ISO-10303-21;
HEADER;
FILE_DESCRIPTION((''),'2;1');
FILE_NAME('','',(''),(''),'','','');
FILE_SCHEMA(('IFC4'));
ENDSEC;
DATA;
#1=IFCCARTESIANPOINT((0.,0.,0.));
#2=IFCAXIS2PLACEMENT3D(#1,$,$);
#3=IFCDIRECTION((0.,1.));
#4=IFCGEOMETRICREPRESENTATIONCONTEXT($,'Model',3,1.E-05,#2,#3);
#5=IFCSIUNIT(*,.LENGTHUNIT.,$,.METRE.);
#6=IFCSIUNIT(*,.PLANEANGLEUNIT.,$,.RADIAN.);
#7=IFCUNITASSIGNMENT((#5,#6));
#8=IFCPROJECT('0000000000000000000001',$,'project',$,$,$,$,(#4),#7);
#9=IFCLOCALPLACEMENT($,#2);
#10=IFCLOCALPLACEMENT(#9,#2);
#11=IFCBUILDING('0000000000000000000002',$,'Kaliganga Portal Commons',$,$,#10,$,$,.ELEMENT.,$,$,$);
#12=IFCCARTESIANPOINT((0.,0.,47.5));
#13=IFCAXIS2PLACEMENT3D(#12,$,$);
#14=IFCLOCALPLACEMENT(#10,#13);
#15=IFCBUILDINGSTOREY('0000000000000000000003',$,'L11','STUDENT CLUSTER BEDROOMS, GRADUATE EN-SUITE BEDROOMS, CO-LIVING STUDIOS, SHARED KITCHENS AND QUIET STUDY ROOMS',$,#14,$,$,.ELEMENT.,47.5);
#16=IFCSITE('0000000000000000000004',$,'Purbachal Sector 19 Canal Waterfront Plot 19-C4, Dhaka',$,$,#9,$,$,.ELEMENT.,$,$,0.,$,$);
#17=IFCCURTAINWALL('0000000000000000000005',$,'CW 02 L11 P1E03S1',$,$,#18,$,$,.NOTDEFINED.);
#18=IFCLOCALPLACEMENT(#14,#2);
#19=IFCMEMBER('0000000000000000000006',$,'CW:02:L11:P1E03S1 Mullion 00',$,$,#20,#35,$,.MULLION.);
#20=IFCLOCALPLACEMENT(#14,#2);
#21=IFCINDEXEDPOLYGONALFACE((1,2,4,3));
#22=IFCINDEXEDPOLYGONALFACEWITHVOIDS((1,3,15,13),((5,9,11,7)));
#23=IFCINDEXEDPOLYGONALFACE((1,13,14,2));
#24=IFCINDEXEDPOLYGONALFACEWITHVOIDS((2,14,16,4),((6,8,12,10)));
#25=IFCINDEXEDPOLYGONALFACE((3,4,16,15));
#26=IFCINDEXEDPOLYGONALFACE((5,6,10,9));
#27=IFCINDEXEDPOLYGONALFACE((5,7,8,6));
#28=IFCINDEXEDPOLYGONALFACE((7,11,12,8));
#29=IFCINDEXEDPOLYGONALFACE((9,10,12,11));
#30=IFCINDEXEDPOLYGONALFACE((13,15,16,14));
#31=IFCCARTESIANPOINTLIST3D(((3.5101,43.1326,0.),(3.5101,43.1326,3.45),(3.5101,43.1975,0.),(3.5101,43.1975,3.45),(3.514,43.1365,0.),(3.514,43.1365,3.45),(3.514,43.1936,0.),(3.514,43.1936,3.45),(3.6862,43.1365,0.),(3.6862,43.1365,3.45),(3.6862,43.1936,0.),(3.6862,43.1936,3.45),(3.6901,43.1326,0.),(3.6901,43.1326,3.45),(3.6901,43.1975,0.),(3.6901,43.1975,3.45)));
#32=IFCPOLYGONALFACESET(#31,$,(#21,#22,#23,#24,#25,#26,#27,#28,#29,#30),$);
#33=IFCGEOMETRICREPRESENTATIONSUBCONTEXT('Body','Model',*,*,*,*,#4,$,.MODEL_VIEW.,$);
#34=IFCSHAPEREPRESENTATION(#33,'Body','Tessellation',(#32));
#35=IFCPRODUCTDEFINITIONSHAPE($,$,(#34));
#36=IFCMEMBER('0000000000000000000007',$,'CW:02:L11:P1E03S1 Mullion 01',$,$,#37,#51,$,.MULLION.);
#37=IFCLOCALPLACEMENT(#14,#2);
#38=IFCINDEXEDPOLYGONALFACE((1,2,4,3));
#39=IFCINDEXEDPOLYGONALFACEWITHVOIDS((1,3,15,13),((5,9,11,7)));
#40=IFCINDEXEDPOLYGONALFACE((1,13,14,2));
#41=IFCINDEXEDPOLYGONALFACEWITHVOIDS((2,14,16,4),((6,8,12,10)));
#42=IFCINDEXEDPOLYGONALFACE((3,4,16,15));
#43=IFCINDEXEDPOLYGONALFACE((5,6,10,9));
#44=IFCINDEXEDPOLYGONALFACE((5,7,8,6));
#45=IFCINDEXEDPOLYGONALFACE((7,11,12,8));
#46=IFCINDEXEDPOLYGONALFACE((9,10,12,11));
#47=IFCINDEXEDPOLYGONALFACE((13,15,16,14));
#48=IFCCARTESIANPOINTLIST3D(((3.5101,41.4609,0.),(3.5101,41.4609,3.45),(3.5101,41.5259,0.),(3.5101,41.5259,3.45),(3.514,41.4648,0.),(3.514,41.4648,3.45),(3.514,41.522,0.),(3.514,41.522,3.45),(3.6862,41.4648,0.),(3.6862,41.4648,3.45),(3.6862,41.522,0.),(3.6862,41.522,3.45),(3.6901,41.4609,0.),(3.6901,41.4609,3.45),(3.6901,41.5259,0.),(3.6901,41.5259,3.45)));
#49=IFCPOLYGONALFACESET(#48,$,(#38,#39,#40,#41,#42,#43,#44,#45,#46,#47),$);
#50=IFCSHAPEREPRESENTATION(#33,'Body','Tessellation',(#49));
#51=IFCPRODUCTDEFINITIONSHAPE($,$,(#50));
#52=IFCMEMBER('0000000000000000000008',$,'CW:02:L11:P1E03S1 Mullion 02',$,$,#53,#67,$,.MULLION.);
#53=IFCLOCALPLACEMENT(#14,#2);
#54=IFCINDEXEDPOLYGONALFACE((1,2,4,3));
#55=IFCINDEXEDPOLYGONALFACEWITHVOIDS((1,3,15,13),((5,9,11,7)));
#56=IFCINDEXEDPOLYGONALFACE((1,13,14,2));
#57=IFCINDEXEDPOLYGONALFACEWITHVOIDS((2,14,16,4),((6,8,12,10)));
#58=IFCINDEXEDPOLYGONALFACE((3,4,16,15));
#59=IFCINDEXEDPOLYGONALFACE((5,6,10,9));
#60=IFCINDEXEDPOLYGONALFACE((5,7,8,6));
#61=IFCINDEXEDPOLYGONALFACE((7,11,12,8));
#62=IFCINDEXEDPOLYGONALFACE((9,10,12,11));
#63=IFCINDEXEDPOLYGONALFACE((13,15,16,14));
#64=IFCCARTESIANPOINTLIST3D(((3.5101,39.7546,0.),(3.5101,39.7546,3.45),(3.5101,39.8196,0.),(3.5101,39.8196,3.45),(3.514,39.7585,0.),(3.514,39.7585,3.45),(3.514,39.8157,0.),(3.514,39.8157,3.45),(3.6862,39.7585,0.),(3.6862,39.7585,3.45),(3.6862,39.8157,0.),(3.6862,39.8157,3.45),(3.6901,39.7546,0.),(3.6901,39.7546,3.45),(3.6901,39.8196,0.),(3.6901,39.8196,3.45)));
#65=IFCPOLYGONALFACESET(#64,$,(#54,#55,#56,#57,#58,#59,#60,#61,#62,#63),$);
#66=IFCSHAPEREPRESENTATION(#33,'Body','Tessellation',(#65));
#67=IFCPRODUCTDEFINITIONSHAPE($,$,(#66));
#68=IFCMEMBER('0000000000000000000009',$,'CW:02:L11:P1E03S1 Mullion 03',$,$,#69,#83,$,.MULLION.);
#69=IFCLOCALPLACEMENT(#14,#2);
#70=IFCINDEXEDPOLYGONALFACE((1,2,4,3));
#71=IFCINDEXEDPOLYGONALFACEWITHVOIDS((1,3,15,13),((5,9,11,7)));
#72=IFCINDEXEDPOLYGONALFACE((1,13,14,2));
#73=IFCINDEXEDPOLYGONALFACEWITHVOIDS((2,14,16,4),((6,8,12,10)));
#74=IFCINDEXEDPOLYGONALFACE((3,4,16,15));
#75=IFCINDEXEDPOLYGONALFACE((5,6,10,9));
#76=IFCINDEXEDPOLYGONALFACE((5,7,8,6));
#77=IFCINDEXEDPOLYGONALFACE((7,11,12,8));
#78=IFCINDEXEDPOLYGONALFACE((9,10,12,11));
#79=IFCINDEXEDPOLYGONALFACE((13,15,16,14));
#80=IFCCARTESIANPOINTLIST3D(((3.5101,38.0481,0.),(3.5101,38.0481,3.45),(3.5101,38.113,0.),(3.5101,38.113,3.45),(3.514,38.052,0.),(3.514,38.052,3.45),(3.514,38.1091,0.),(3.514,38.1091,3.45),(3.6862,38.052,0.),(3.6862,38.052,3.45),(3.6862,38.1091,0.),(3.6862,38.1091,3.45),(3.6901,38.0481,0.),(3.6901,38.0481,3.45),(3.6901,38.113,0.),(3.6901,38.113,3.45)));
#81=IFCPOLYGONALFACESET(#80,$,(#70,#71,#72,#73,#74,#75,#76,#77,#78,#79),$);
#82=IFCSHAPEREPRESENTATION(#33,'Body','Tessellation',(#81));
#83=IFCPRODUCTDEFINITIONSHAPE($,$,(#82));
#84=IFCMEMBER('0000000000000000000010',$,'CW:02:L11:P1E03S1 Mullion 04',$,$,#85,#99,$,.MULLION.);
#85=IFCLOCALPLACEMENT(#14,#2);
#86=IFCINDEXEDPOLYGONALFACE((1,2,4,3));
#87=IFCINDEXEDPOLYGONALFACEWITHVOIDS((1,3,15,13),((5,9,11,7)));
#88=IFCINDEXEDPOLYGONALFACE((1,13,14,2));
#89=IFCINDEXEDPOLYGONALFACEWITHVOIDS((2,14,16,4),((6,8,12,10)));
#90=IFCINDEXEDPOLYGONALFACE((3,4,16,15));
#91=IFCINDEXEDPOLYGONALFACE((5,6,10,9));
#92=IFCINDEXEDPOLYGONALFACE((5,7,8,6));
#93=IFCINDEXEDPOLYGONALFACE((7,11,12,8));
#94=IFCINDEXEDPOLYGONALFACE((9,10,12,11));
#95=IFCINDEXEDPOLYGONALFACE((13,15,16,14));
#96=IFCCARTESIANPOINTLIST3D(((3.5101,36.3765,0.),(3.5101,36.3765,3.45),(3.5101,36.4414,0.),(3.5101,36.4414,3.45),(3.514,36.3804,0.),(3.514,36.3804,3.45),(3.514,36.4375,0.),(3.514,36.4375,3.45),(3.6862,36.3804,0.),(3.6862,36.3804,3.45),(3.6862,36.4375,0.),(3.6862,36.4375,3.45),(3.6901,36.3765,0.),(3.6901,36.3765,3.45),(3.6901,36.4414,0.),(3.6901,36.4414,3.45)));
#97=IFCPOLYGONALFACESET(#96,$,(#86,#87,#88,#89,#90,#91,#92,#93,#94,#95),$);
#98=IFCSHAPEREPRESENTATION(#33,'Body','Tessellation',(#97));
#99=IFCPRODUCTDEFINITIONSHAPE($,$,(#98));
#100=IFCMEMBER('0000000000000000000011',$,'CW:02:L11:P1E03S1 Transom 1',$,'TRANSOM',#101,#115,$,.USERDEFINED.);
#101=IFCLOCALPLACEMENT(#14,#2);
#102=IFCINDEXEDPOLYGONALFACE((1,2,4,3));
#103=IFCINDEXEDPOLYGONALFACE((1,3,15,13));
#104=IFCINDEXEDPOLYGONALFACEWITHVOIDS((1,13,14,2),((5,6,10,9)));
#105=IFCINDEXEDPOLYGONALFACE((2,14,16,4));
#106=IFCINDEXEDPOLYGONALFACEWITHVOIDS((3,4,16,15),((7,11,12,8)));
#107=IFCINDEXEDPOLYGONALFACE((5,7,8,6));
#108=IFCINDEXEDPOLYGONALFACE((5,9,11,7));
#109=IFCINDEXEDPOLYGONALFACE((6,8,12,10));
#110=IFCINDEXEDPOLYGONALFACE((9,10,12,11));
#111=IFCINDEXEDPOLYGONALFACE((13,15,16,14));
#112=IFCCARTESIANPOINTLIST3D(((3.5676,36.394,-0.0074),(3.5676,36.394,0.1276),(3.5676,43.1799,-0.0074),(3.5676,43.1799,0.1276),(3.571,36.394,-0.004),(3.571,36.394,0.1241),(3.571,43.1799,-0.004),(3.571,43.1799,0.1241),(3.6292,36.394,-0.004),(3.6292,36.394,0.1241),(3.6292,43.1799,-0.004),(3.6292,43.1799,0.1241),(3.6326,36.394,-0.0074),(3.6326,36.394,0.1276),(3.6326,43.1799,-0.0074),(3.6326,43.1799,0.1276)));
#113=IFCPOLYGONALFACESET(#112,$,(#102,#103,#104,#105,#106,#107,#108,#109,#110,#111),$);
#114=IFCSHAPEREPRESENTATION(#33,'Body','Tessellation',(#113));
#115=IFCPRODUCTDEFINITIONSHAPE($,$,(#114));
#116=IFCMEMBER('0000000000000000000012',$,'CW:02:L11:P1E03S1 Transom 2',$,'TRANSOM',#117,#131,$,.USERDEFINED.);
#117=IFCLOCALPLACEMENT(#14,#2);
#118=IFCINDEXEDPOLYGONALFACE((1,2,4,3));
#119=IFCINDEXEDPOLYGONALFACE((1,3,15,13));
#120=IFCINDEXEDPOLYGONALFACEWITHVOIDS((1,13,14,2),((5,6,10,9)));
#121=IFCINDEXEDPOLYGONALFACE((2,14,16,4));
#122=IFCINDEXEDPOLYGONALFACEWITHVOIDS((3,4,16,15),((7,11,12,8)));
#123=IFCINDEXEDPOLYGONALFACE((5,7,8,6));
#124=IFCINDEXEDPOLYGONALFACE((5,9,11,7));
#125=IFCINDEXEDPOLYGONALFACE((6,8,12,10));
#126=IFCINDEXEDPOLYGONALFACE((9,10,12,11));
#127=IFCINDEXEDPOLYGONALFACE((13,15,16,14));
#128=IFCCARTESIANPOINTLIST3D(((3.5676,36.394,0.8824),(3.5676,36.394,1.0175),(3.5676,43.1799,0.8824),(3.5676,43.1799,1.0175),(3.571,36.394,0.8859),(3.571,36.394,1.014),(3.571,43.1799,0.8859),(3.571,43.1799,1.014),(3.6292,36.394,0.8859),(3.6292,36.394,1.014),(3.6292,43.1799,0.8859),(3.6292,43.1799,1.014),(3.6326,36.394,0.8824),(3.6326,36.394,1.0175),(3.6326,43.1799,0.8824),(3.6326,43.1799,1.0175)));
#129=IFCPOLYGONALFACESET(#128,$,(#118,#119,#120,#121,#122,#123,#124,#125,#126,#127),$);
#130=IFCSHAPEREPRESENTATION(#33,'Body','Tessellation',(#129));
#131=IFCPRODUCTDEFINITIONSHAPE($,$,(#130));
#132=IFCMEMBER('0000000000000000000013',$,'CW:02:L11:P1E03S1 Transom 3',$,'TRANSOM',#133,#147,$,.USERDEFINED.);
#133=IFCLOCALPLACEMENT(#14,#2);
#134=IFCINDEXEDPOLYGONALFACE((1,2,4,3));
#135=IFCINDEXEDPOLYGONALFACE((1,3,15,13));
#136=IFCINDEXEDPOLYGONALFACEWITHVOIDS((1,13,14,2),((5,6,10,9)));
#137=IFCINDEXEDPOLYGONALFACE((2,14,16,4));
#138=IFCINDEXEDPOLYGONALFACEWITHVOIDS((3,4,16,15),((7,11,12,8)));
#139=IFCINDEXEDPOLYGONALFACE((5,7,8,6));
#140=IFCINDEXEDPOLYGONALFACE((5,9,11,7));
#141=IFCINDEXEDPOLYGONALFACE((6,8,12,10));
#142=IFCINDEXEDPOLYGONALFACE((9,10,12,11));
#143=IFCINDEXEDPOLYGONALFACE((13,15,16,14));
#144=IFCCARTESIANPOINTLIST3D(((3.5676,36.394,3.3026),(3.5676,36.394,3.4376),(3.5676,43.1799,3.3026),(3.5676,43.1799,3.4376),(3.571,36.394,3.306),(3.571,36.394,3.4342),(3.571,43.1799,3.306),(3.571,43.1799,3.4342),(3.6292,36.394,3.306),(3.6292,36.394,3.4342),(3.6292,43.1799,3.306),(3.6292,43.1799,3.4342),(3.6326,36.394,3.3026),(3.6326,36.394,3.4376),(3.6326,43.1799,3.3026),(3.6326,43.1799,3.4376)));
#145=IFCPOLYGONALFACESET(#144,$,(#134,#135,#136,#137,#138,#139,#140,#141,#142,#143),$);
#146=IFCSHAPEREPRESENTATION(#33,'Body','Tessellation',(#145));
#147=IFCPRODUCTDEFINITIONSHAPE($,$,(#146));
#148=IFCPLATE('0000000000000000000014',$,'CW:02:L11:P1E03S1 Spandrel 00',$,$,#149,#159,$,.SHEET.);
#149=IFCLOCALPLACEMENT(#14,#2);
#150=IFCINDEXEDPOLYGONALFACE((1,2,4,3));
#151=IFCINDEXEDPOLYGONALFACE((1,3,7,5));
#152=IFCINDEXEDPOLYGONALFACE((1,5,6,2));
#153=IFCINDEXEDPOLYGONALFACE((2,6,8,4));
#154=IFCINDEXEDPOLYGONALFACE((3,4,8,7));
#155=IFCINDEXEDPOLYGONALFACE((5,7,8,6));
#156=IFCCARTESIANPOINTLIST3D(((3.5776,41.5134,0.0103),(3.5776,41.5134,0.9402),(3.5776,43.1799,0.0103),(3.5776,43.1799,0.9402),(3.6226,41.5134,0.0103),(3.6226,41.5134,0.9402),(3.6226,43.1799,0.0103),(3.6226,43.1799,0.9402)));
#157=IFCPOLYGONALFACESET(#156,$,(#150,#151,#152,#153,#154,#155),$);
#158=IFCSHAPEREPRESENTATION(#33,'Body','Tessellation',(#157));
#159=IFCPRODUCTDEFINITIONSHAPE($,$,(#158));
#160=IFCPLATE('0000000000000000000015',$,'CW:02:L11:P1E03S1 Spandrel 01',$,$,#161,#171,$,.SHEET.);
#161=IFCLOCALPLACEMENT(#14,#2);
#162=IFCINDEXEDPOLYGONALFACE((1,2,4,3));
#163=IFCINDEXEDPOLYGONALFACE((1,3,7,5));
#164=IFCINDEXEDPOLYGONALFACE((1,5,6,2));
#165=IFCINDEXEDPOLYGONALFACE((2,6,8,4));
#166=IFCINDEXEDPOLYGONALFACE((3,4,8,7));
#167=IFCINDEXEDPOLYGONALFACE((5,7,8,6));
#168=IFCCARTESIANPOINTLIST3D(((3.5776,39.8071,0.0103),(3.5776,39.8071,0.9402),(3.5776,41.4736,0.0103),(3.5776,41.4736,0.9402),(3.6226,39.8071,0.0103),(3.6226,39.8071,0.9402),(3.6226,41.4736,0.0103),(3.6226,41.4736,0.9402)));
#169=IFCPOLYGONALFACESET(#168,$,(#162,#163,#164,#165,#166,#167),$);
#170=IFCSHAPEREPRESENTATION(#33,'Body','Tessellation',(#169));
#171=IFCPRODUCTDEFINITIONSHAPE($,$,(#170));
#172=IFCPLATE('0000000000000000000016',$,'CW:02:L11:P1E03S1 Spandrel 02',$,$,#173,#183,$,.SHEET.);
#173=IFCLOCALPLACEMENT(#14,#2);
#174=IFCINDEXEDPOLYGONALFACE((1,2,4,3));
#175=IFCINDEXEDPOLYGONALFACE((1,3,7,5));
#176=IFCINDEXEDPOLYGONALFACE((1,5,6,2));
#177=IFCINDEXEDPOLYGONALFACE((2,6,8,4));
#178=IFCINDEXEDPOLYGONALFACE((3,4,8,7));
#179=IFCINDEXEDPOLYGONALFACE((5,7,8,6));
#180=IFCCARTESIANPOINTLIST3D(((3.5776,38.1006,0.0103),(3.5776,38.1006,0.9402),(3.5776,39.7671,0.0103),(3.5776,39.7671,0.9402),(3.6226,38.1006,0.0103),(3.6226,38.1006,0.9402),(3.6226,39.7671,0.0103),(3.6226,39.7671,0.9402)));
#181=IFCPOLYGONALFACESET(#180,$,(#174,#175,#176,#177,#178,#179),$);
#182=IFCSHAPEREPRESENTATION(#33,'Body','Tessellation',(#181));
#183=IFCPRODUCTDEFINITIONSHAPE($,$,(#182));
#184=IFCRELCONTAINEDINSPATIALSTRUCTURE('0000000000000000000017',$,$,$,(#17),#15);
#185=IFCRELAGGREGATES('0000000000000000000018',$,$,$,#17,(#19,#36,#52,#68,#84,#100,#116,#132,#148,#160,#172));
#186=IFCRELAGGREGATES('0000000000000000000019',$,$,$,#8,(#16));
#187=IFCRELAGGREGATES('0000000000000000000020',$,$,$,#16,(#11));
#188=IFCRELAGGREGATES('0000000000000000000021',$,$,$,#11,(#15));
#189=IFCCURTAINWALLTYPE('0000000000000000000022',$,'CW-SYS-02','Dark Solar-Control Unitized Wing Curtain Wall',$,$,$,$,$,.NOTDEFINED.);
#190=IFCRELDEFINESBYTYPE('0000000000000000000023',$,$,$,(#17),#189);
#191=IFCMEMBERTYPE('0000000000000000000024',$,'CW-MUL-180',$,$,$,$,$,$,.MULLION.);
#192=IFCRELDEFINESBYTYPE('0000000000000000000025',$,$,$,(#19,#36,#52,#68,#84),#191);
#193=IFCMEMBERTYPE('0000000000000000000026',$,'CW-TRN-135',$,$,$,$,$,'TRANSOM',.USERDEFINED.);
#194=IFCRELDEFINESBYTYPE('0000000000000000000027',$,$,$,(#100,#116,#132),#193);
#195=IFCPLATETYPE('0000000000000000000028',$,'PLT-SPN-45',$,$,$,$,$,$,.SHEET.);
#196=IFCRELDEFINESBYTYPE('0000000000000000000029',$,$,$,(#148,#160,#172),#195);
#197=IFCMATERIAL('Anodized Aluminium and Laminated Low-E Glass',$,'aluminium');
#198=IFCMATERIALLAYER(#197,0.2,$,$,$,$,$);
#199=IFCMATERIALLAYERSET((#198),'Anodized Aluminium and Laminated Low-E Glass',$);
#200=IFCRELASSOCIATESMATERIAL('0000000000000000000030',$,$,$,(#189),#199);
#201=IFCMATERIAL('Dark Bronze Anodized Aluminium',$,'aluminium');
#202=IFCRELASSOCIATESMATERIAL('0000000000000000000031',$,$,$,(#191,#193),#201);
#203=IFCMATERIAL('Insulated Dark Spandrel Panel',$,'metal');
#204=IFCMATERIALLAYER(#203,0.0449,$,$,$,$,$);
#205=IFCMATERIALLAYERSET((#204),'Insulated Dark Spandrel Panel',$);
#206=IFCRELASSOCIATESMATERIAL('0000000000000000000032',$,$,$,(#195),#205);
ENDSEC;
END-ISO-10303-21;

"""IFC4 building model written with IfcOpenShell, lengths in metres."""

from ifc_helpers import new_model, si_unit, direction, frame, origin, origin_2d, place, context, subcontext, project, spatial, rectangle, hollow_rectangle, extrude, source, transform, mapped, material, layer, layer_set, material_profile, profile_set, type_object, element, aggregate, save


model = new_model("IFC4")

# Units and contexts
model_context = context("Model", 3, precision=1e-05, world=origin(), true_north=direction((0.0, 1.0)))
body_context = subcontext(model_context, "Body", "Model", "MODEL_VIEW")
ifc_project = project(units=[si_unit("LENGTHUNIT", "METRE"), si_unit("PLANEANGLEUNIT", "RADIAN")], contexts=[model_context])

# Site, building, storey
site_placement = place(None, origin())
site = spatial("IfcSite", under=ifc_project, at=site_placement, Name="Purbachal Sector 19 Canal Waterfront Plot 19-C4, Dhaka", CompositionType="ELEMENT", RefElevation=0.0)
building_placement = place(site_placement, origin())
building = spatial("IfcBuilding", under=site, at=building_placement, Name="Kaliganga Portal Commons", CompositionType="ELEMENT")
storey_placement = place(building_placement, frame((0.0, 0.0, 47.5)))
storey = spatial("IfcBuildingStorey", under=building, at=storey_placement, Name="L11", Description="STUDENT CLUSTER BEDROOMS, GRADUATE EN-SUITE BEDROOMS, CO-LIVING STUDIOS, SHARED KITCHENS AND QUIET STUDY ROOMS", CompositionType="ELEMENT", Elevation=47.5)

# Curtain wall, members, plates
ifc_material_1 = material(Name="Anodized Aluminium and Laminated Low-E Glass", Category="aluminium")
ifc_layer_1 = layer(ifc_material_1, 0.2)
ifc_layer_set_1 = layer_set([ifc_layer_1], Name="Anodized Aluminium and Laminated Low-E Glass")
curtain_wall_type = type_object("IfcCurtainWallType", Name="CW-SYS-02", Description="Dark Solar-Control Unitized Wing Curtain Wall", PredefinedType="NOTDEFINED", material=ifc_layer_set_1)
curtain_wall_placement = place(storey_placement, origin())
curtain_wall = element("IfcCurtainWall", 1, at=curtain_wall_placement, inside=storey, type_object=curtain_wall_type, Name="CW 02 L11 P1E03S1", PredefinedType="NOTDEFINED")
ifc_material_2 = material(Name="Dark Bronze Anodized Aluminium", Category="aluminium")
ifc_material_profile_1 = material_profile(ifc_material_2, hollow_rectangle(XDim=0.0649, YDim=0.1799, WallThickness=0.0039, at=origin_2d()), Name="ALU MULL 65x180x4")
ifc_profile_set_1 = profile_set([ifc_material_profile_1], Name="Dark Bronze Anodized Aluminium")
member_type_1 = type_object("IfcMemberType", Name="CW-MUL-180", PredefinedType="MULLION", material=ifc_profile_set_1)
shared_shape_1 = source(origin(), body_context, "Body", "SweptSolid", [
    extrude(hollow_rectangle(XDim=0.0649, YDim=0.1799, WallThickness=0.0039, at=origin_2d()), origin(), (0.0, 0.0, 1.0), 3.45),
])
member_1_placement = place(storey_placement, frame((3.6001, 43.165, 0.0), z_axis=(0.0, 0.0, 1.0), x_axis=(0.0, -1.0, 0.0)))
member_1 = element("IfcMember", 2, at=member_1_placement, type_object=member_type_1, Name="CW:02:L11:P1E03S1 Mullion 00", PredefinedType="MULLION", context=body_context, shape_type="MappedRepresentation", body=[
    mapped(shared_shape_1, transform((0.0, 0.0, 0.0), x_axis=(1.0, 0.0, 0.0), y_axis=(0.0, 1.0, 0.0), z_axis=(0.0, 0.0, 1.0), scale=1.0)),
])
member_2_placement = place(storey_placement, frame((3.6001, 41.4934, 0.0), z_axis=(0.0, 0.0, 1.0), x_axis=(0.0, -1.0, 0.0)))
member_2 = element("IfcMember", 3, at=member_2_placement, type_object=member_type_1, Name="CW:02:L11:P1E03S1 Mullion 01", PredefinedType="MULLION", context=body_context, shape_type="MappedRepresentation", body=[
    mapped(shared_shape_1, transform((0.0, 0.0, 0.0), x_axis=(1.0, 0.0, 0.0), y_axis=(0.0, 1.0, 0.0), z_axis=(0.0, 0.0, 1.0), scale=1.0)),
])
member_3_placement = place(storey_placement, frame((3.6001, 39.7871, 0.0), z_axis=(0.0, 0.0, 1.0), x_axis=(0.0, -1.0, 0.0)))
member_3 = element("IfcMember", 4, at=member_3_placement, type_object=member_type_1, Name="CW:02:L11:P1E03S1 Mullion 02", PredefinedType="MULLION", context=body_context, shape_type="MappedRepresentation", body=[
    mapped(shared_shape_1, transform((0.0, 0.0, 0.0), x_axis=(1.0, 0.0, 0.0), y_axis=(0.0, 1.0, 0.0), z_axis=(0.0, 0.0, 1.0), scale=1.0)),
])
member_4_placement = place(storey_placement, frame((3.6001, 38.0806, 0.0), z_axis=(0.0, 0.0, 1.0), x_axis=(0.0, -1.0, 0.0)))
member_4 = element("IfcMember", 5, at=member_4_placement, type_object=member_type_1, Name="CW:02:L11:P1E03S1 Mullion 03", PredefinedType="MULLION", context=body_context, shape_type="MappedRepresentation", body=[
    mapped(shared_shape_1, transform((0.0, 0.0, 0.0), x_axis=(1.0, 0.0, 0.0), y_axis=(0.0, 1.0, 0.0), z_axis=(0.0, 0.0, 1.0), scale=1.0)),
])
member_5_placement = place(storey_placement, frame((3.6001, 36.4089, 0.0), z_axis=(0.0, 0.0, 1.0), x_axis=(0.0, -1.0, 0.0)))
member_5 = element("IfcMember", 6, at=member_5_placement, type_object=member_type_1, Name="CW:02:L11:P1E03S1 Mullion 04", PredefinedType="MULLION", context=body_context, shape_type="MappedRepresentation", body=[
    mapped(shared_shape_1, transform((0.0, 0.0, 0.0), x_axis=(1.0, 0.0, 0.0), y_axis=(0.0, 1.0, 0.0), z_axis=(0.0, 0.0, 1.0), scale=1.0)),
])
ifc_material_profile_2 = material_profile(ifc_material_2, hollow_rectangle(XDim=0.0649, YDim=0.135, WallThickness=0.0034, at=origin_2d()), Name="ALU TRAN 65x135x3.5")
ifc_profile_set_2 = profile_set([ifc_material_profile_2], Name="Dark Bronze Anodized Aluminium")
member_type_2 = type_object("IfcMemberType", Name="CW-TRN-135", ElementType="TRANSOM", PredefinedType="USERDEFINED", material=ifc_profile_set_2)
shared_shape_2 = source(origin(), body_context, "Body", "SweptSolid", [
    extrude(hollow_rectangle(XDim=0.0649, YDim=0.135, WallThickness=0.0034, at=origin_2d()), origin(), (0.0, 0.0, 1.0), 6.7859),
])
member_6_placement = place(storey_placement, frame((3.6001, 43.1799, 0.0601), z_axis=(0.0, -1.0, 0.0), x_axis=(1.0, 0.0, 0.0)))
member_6 = element("IfcMember", 7, at=member_6_placement, type_object=member_type_2, Name="CW:02:L11:P1E03S1 Transom 1", ObjectType="TRANSOM", PredefinedType="USERDEFINED", context=body_context, shape_type="MappedRepresentation", body=[
    mapped(shared_shape_2, transform((0.0, 0.0, 0.0), x_axis=(1.0, 0.0, 0.0), y_axis=(0.0, 1.0, 0.0), z_axis=(0.0, 0.0, 1.0), scale=1.0)),
])
member_7_placement = place(storey_placement, frame((3.6001, 43.1799, 0.95), z_axis=(0.0, -1.0, 0.0), x_axis=(1.0, 0.0, 0.0)))
member_7 = element("IfcMember", 8, at=member_7_placement, type_object=member_type_2, Name="CW:02:L11:P1E03S1 Transom 2", ObjectType="TRANSOM", PredefinedType="USERDEFINED", context=body_context, shape_type="MappedRepresentation", body=[
    mapped(shared_shape_2, transform((0.0, 0.0, 0.0), x_axis=(1.0, 0.0, 0.0), y_axis=(0.0, 1.0, 0.0), z_axis=(0.0, 0.0, 1.0), scale=1.0)),
])
member_8_placement = place(storey_placement, frame((3.6001, 43.1799, 3.3701), z_axis=(0.0, -1.0, 0.0), x_axis=(1.0, 0.0, 0.0)))
member_8 = element("IfcMember", 9, at=member_8_placement, type_object=member_type_2, Name="CW:02:L11:P1E03S1 Transom 3", ObjectType="TRANSOM", PredefinedType="USERDEFINED", context=body_context, shape_type="MappedRepresentation", body=[
    mapped(shared_shape_2, transform((0.0, 0.0, 0.0), x_axis=(1.0, 0.0, 0.0), y_axis=(0.0, 1.0, 0.0), z_axis=(0.0, 0.0, 1.0), scale=1.0)),
])
ifc_material_3 = material(Name="Insulated Dark Spandrel Panel", Category="metal")
ifc_layer_2 = layer(ifc_material_3, 0.0449)
ifc_layer_set_2 = layer_set([ifc_layer_2], Name="Insulated Dark Spandrel Panel")
plate_type_1 = type_object("IfcPlateType", Name="PLT-SPN-45", PredefinedType="SHEET", material=ifc_layer_set_2)
shared_shape_3 = source(origin(), body_context, "Body", "SweptSolid", [
    extrude(rectangle(XDim=1.6665, YDim=0.0449, at=origin_2d()), origin(), (0.0, 0.0, 1.0), 0.9299),
])
plate_1_placement = place(storey_placement, frame((3.6001, 42.3467, 0.0103), z_axis=(0.0, 0.0, 1.0), x_axis=(0.0, -1.0, 0.0)))
plate_1 = element("IfcPlate", 10, at=plate_1_placement, type_object=plate_type_1, Name="CW:02:L11:P1E03S1 Spandrel 00", PredefinedType="SHEET", context=body_context, shape_type="MappedRepresentation", body=[
    mapped(shared_shape_3, transform((0.0, 0.0, 0.0), x_axis=(1.0, 0.0, 0.0), y_axis=(0.0, 1.0, 0.0), z_axis=(0.0, 0.0, 1.0), scale=1.0)),
])
plate_2_placement = place(storey_placement, frame((3.6001, 40.6404, 0.0103), z_axis=(0.0, 0.0, 1.0), x_axis=(0.0, -1.0, 0.0)))
plate_2 = element("IfcPlate", 11, at=plate_2_placement, type_object=plate_type_1, Name="CW:02:L11:P1E03S1 Spandrel 01", PredefinedType="SHEET", context=body_context, shape_type="MappedRepresentation", body=[
    mapped(shared_shape_3, transform((0.0, 0.0, 0.0), x_axis=(1.0, 0.0, 0.0), y_axis=(0.0, 1.0, 0.0), z_axis=(0.0, 0.0, 1.0), scale=1.0)),
])
plate_3_placement = place(storey_placement, frame((3.6001, 38.9338, 0.0103), z_axis=(0.0, 0.0, 1.0), x_axis=(0.0, -1.0, 0.0)))
plate_3 = element("IfcPlate", 12, at=plate_3_placement, type_object=plate_type_1, Name="CW:02:L11:P1E03S1 Spandrel 02", PredefinedType="SHEET", context=body_context, shape_type="MappedRepresentation", body=[
    mapped(shared_shape_3, transform((0.0, 0.0, 0.0), x_axis=(1.0, 0.0, 0.0), y_axis=(0.0, 1.0, 0.0), z_axis=(0.0, 0.0, 1.0), scale=1.0)),
])
aggregate(curtain_wall, [member_1, member_2, member_3, member_4, member_5, member_6, member_7, member_8, plate_1, plate_2, plate_3])

save(model, "model.ifc")
